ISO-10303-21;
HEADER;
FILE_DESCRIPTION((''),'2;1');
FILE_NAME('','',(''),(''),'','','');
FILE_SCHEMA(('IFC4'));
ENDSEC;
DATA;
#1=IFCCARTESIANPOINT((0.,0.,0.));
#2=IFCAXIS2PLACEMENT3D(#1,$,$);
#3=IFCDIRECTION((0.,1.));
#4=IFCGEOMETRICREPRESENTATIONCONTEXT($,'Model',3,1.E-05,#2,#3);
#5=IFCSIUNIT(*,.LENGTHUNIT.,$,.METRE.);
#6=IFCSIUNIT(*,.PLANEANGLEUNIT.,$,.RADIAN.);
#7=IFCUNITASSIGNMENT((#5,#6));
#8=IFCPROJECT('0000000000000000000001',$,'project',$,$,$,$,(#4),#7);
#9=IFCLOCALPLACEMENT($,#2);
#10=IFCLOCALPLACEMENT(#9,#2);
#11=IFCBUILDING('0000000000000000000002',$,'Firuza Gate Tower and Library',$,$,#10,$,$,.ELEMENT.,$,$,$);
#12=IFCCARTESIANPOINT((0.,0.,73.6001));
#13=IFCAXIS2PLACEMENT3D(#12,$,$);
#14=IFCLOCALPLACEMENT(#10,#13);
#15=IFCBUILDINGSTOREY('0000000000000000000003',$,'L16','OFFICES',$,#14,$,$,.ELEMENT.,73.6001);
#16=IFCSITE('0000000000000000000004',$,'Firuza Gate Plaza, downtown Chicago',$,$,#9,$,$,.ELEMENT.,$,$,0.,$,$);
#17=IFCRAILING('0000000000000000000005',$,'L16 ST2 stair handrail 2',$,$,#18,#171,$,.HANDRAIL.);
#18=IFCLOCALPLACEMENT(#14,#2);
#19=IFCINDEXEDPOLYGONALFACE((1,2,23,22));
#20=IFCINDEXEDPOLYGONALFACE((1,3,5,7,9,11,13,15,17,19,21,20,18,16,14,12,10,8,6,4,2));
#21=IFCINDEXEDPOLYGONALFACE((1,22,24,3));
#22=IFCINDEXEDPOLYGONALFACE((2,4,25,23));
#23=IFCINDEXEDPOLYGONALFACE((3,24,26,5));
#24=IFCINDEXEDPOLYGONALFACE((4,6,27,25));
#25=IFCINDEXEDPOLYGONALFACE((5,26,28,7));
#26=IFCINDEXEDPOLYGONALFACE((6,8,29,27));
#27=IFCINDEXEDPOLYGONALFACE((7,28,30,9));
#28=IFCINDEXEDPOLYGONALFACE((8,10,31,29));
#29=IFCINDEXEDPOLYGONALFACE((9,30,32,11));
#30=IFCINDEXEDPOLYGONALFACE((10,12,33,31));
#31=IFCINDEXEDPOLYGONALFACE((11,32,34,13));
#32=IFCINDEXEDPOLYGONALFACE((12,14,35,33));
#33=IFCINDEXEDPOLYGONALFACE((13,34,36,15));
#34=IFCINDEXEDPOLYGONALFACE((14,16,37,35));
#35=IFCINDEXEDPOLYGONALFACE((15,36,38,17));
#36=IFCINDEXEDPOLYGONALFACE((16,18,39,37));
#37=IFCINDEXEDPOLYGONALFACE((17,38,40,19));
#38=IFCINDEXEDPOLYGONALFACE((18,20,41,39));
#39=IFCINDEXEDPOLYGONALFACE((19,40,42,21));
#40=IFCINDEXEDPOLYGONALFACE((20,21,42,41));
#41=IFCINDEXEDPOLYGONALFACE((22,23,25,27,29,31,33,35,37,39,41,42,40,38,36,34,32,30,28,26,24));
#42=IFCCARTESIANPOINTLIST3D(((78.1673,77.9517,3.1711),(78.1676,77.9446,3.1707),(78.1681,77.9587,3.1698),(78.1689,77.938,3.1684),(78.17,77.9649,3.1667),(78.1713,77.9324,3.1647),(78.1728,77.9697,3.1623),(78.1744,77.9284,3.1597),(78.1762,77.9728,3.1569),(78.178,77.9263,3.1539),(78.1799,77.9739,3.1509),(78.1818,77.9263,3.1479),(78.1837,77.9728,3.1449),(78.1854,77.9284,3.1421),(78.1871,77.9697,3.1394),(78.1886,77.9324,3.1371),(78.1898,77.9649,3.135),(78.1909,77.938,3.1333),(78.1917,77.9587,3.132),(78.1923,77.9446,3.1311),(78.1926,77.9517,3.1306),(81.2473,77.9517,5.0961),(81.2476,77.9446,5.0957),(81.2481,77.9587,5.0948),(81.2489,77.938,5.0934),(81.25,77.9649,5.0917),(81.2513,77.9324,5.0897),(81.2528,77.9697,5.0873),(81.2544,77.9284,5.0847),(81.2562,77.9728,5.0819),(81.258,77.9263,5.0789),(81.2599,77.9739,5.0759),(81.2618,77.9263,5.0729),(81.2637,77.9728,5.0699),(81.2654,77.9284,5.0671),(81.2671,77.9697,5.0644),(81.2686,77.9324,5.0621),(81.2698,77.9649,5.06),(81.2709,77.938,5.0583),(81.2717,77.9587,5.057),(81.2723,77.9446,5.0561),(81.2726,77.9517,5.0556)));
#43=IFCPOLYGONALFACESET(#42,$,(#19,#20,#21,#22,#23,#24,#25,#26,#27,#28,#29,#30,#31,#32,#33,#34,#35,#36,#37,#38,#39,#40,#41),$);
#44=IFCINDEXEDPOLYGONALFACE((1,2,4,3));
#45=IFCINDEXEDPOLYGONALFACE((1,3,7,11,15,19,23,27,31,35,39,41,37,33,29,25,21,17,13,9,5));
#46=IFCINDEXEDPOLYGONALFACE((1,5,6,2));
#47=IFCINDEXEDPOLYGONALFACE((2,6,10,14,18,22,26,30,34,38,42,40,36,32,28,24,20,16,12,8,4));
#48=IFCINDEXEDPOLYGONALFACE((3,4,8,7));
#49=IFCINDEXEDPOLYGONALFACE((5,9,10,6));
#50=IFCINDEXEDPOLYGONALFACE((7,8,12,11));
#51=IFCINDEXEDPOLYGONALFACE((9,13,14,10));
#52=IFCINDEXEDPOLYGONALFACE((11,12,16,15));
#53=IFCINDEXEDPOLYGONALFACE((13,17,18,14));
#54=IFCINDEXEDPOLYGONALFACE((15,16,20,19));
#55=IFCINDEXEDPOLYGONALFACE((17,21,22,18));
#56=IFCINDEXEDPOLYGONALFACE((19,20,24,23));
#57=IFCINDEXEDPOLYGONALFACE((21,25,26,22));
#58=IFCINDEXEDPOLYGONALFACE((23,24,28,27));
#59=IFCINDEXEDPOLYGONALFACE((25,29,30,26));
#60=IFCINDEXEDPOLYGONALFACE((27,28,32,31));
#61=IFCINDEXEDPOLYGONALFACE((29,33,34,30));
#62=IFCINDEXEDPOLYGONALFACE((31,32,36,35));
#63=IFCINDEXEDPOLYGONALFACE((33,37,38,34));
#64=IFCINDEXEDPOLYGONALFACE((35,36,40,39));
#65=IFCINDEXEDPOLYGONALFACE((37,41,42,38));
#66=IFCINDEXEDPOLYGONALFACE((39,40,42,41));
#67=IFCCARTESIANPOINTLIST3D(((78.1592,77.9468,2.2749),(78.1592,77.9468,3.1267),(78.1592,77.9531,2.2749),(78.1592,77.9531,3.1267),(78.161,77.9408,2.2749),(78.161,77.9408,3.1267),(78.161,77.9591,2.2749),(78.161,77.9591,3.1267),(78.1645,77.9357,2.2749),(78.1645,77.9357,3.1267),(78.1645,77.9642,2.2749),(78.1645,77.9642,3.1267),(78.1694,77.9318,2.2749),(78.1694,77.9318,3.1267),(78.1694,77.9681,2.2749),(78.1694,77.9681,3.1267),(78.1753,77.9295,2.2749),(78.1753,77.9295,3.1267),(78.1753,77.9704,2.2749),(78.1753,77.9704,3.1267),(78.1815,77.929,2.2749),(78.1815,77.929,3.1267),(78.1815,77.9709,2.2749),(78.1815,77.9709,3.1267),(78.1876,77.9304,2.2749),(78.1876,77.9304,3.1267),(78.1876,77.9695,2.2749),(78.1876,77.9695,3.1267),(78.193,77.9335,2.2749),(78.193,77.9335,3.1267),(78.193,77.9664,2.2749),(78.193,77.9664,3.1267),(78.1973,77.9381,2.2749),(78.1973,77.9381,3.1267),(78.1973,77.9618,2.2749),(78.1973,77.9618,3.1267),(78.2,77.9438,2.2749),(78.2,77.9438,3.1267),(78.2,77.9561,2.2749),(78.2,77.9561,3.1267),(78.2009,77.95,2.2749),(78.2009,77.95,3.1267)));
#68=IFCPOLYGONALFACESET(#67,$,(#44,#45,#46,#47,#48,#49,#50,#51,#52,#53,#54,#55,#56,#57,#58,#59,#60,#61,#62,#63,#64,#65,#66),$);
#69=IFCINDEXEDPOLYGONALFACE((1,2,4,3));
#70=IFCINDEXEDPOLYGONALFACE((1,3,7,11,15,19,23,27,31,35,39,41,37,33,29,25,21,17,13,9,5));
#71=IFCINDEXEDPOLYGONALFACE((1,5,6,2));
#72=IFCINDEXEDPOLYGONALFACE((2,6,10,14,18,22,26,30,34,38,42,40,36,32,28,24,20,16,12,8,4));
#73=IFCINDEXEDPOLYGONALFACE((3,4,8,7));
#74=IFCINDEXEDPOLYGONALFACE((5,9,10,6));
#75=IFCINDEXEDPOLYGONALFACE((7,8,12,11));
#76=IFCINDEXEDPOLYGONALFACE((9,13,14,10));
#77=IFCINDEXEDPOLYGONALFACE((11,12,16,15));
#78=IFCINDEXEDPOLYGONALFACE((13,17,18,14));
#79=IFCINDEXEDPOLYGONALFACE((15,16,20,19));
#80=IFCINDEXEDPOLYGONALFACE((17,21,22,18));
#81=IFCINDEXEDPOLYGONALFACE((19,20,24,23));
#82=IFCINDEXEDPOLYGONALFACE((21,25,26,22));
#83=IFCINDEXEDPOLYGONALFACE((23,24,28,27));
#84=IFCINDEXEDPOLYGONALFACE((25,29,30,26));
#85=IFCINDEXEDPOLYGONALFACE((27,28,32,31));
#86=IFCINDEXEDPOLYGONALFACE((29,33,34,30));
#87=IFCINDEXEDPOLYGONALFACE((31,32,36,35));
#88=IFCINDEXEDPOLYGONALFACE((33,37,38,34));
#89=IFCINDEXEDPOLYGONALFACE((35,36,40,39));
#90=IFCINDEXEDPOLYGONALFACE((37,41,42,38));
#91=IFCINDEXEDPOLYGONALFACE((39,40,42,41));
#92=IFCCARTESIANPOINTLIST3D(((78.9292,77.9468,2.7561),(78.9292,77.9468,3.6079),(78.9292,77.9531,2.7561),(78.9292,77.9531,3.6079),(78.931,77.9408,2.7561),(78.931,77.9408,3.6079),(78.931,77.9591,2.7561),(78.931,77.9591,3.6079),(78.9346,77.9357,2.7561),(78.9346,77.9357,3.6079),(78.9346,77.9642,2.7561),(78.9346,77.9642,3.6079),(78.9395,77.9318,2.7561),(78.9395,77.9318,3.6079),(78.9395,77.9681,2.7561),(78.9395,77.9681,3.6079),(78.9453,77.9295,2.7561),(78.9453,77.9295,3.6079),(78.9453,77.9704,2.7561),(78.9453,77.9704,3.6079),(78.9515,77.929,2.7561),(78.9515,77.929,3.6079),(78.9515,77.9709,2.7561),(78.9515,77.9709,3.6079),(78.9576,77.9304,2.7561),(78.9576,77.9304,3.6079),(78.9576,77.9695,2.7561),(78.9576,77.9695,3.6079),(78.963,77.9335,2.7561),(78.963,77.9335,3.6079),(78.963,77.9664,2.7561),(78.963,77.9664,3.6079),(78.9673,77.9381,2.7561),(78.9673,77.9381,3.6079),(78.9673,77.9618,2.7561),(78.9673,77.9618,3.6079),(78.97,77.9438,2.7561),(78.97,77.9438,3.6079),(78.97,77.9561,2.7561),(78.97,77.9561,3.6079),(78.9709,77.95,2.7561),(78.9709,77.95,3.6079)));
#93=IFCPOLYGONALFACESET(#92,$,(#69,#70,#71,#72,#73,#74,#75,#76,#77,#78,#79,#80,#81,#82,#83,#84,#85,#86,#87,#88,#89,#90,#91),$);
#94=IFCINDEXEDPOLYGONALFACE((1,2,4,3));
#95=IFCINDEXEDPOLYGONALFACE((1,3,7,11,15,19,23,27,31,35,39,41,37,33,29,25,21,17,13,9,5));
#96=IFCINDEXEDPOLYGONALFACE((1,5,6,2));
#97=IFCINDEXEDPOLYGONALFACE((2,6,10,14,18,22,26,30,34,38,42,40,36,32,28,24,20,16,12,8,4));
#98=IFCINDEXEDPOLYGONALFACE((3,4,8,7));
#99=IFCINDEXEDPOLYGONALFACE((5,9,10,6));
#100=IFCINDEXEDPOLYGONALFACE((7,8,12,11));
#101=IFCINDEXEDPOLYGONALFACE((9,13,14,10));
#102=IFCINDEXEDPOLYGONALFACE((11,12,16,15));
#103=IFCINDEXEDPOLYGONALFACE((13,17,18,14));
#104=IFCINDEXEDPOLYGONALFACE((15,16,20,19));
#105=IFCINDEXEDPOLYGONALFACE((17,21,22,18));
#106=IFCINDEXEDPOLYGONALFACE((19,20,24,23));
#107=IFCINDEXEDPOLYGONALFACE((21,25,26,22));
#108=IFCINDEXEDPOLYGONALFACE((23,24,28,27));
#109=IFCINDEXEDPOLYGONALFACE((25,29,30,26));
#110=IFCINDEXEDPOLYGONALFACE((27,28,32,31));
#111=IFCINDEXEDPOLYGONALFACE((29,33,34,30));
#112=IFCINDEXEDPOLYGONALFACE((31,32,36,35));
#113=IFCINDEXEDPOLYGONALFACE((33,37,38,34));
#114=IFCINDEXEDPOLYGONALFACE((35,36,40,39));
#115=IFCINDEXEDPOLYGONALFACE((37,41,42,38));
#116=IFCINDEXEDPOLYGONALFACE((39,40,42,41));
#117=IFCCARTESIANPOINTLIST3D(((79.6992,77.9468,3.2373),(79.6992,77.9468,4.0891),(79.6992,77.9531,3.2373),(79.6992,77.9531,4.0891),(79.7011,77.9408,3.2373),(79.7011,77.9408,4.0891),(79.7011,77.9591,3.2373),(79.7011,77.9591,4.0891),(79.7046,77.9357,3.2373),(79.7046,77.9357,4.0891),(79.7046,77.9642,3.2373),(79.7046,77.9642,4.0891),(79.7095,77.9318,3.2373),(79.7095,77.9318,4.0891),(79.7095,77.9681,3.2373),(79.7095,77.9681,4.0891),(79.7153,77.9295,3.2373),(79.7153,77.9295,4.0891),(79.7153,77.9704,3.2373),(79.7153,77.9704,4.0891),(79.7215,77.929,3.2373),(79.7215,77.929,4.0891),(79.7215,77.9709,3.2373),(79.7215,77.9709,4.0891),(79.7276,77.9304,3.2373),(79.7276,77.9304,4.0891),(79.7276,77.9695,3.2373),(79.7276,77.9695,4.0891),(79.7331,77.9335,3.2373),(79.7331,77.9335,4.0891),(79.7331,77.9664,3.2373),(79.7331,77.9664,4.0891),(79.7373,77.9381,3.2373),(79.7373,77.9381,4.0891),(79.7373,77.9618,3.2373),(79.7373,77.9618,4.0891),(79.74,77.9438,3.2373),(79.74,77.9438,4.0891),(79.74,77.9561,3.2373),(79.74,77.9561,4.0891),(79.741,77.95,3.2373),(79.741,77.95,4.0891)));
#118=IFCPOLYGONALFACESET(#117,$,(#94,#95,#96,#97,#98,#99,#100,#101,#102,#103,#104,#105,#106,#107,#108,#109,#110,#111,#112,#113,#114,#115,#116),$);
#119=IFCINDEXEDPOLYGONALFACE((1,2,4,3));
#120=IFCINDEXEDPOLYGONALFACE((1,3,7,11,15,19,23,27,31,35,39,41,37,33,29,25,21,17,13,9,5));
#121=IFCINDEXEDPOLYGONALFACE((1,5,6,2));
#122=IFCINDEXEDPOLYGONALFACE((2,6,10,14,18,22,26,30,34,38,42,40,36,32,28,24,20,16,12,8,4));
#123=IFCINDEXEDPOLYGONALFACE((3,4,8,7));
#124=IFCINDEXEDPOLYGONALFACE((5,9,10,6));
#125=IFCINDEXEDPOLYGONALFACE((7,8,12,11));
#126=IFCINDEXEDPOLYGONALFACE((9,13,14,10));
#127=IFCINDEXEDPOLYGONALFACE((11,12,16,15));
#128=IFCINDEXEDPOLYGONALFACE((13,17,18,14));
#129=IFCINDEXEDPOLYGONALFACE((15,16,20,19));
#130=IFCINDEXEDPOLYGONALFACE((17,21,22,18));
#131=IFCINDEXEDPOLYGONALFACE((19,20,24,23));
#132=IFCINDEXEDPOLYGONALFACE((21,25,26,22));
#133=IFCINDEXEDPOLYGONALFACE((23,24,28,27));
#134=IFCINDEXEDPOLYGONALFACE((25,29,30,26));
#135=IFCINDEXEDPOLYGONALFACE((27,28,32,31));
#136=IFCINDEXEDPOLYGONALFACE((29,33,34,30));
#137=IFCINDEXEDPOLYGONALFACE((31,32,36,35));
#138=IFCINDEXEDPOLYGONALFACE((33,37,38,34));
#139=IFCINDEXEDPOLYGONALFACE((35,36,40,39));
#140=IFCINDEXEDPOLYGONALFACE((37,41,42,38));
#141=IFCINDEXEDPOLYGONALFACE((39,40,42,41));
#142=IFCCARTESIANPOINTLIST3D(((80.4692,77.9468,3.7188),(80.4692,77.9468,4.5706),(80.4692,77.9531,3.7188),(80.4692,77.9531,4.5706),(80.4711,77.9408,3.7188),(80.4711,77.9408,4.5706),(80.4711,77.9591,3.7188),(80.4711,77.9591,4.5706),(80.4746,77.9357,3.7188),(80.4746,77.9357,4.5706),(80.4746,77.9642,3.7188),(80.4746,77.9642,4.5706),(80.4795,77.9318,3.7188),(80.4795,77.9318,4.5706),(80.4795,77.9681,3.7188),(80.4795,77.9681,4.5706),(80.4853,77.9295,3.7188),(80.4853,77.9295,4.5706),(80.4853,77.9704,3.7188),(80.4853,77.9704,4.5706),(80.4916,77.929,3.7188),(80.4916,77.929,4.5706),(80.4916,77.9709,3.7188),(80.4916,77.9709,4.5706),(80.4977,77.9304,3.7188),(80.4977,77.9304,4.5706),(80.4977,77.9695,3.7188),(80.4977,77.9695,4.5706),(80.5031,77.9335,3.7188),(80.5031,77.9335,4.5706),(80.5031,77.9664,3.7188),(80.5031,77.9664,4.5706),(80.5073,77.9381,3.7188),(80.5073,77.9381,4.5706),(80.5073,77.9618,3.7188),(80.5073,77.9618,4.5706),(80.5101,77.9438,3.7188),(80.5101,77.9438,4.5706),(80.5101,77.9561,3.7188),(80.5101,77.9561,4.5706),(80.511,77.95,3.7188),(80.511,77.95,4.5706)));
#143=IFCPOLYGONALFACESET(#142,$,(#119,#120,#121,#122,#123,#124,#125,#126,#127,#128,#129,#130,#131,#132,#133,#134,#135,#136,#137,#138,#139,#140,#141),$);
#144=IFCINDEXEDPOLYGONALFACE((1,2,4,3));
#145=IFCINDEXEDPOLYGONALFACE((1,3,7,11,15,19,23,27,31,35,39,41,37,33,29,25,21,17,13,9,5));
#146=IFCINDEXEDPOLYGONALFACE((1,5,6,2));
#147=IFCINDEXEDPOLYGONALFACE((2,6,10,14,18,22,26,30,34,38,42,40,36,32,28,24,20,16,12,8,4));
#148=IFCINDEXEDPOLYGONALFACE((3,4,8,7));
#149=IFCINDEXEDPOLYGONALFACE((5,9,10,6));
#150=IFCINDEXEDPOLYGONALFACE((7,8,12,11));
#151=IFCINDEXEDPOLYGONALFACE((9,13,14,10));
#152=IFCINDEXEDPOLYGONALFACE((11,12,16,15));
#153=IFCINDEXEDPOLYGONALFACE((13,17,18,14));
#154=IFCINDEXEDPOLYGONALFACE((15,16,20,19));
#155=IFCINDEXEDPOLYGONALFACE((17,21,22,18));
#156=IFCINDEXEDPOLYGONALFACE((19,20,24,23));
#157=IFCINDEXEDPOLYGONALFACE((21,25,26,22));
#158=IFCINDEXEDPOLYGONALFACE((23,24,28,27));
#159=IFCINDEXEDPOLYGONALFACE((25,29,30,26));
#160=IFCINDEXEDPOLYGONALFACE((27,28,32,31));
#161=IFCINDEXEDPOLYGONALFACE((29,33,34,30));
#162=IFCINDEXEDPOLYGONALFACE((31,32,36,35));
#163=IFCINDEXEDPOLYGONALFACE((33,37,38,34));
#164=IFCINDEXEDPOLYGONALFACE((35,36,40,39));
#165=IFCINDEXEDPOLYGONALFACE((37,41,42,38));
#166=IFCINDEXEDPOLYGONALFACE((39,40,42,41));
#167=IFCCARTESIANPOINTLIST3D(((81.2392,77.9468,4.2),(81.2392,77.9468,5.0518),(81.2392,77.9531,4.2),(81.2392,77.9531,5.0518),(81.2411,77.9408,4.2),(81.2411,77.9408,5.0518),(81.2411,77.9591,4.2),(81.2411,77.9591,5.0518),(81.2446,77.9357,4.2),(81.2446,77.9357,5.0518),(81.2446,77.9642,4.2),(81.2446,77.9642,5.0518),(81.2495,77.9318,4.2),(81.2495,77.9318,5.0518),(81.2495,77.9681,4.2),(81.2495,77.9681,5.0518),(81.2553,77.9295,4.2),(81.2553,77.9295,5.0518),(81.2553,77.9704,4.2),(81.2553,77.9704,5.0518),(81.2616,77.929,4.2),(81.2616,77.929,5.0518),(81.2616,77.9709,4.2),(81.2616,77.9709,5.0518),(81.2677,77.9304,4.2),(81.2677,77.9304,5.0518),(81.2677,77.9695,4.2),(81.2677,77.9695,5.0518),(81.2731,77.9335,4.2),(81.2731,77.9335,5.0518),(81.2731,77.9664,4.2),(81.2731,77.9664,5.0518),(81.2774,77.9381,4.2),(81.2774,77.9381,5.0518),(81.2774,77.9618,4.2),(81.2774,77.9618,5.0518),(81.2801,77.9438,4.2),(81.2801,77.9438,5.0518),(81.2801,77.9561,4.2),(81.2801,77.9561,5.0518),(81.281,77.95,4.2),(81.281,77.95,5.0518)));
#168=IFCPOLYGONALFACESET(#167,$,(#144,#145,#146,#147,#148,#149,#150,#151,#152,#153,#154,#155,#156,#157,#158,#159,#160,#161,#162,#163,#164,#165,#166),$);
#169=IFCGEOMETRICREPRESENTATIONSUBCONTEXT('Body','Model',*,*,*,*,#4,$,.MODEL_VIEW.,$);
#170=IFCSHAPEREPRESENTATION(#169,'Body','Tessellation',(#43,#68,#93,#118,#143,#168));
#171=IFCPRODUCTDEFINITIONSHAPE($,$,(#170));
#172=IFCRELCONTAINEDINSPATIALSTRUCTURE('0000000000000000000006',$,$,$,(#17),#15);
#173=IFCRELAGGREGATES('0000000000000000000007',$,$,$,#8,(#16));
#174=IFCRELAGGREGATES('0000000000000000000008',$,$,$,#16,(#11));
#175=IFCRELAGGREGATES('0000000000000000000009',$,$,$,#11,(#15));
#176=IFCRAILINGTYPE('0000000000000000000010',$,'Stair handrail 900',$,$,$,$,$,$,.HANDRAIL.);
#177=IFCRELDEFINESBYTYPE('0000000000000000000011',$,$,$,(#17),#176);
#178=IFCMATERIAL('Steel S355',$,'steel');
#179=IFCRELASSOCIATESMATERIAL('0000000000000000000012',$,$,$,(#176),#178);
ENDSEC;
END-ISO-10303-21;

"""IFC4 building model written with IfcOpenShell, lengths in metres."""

from ifc_helpers import new_model, si_unit, direction, frame, origin, origin_2d, place, context, subcontext, project, spatial, circle, extrude, material, type_object, element, save


model = new_model("IFC4")

# Units and contexts
model_context = context("Model", 3, precision=1e-05, world=origin(), true_north=direction((0.0, 1.0)))
body_context = subcontext(model_context, "Body", "Model", "MODEL_VIEW")
ifc_project = project(units=[si_unit("LENGTHUNIT", "METRE"), si_unit("PLANEANGLEUNIT", "RADIAN")], contexts=[model_context])

# Site, building, storey
site_placement = place(None, origin())
site = spatial("IfcSite", under=ifc_project, at=site_placement, Name="Firuza Gate Plaza, downtown Chicago", CompositionType="ELEMENT", RefElevation=0.0)
building_placement = place(site_placement, origin())
building = spatial("IfcBuilding", under=site, at=building_placement, Name="Firuza Gate Tower and Library", CompositionType="ELEMENT")
storey_placement = place(building_placement, frame((0.0, 0.0, 73.6001)))
storey = spatial("IfcBuildingStorey", under=building, at=storey_placement, Name="L16", Description="OFFICES", CompositionType="ELEMENT", Elevation=73.6001)

# Railing
ifc_material_1 = material(Name="Steel S355", Category="steel")
railing_type_1 = type_object("IfcRailingType", Name="Stair handrail 900", PredefinedType="HANDRAIL", material=ifc_material_1)
railing_1_placement = place(storey_placement, frame((78.1799, 77.95, 2.2749)))
element("IfcRailing", 1, at=railing_1_placement, inside=storey, type_object=railing_type_1, Name="L16 ST2 stair handrail 2", PredefinedType="HANDRAIL", context=body_context, shape_type="SweptSolid", body=[
    extrude(circle(Radius=0.0239, at=origin_2d()), frame((0.0, 0.0, 0.876), z_axis=(0.847998, 0.0, 0.529999), x_axis=(0.0, 1.0, 0.0)), (0.0, 0.0, 1.0), 3.6321),
    extrude(circle(Radius=0.021, at=origin_2d()), origin(), (0.0, 0.0, 1.0), 0.8518),
    extrude(circle(Radius=0.021, at=origin_2d()), frame((0.77, 0.0, 0.4812)), (0.0, 0.0, 1.0), 0.8518),
    extrude(circle(Radius=0.021, at=origin_2d()), frame((1.54, 0.0, 0.9624)), (0.0, 0.0, 1.0), 0.8518),
    extrude(circle(Radius=0.021, at=origin_2d()), frame((2.3101, 0.0, 1.4438)), (0.0, 0.0, 1.0), 0.8518),
    extrude(circle(Radius=0.021, at=origin_2d()), frame((3.0801, 0.0, 1.925)), (0.0, 0.0, 1.0), 0.8518),
])

save(model, "model.ifc")
